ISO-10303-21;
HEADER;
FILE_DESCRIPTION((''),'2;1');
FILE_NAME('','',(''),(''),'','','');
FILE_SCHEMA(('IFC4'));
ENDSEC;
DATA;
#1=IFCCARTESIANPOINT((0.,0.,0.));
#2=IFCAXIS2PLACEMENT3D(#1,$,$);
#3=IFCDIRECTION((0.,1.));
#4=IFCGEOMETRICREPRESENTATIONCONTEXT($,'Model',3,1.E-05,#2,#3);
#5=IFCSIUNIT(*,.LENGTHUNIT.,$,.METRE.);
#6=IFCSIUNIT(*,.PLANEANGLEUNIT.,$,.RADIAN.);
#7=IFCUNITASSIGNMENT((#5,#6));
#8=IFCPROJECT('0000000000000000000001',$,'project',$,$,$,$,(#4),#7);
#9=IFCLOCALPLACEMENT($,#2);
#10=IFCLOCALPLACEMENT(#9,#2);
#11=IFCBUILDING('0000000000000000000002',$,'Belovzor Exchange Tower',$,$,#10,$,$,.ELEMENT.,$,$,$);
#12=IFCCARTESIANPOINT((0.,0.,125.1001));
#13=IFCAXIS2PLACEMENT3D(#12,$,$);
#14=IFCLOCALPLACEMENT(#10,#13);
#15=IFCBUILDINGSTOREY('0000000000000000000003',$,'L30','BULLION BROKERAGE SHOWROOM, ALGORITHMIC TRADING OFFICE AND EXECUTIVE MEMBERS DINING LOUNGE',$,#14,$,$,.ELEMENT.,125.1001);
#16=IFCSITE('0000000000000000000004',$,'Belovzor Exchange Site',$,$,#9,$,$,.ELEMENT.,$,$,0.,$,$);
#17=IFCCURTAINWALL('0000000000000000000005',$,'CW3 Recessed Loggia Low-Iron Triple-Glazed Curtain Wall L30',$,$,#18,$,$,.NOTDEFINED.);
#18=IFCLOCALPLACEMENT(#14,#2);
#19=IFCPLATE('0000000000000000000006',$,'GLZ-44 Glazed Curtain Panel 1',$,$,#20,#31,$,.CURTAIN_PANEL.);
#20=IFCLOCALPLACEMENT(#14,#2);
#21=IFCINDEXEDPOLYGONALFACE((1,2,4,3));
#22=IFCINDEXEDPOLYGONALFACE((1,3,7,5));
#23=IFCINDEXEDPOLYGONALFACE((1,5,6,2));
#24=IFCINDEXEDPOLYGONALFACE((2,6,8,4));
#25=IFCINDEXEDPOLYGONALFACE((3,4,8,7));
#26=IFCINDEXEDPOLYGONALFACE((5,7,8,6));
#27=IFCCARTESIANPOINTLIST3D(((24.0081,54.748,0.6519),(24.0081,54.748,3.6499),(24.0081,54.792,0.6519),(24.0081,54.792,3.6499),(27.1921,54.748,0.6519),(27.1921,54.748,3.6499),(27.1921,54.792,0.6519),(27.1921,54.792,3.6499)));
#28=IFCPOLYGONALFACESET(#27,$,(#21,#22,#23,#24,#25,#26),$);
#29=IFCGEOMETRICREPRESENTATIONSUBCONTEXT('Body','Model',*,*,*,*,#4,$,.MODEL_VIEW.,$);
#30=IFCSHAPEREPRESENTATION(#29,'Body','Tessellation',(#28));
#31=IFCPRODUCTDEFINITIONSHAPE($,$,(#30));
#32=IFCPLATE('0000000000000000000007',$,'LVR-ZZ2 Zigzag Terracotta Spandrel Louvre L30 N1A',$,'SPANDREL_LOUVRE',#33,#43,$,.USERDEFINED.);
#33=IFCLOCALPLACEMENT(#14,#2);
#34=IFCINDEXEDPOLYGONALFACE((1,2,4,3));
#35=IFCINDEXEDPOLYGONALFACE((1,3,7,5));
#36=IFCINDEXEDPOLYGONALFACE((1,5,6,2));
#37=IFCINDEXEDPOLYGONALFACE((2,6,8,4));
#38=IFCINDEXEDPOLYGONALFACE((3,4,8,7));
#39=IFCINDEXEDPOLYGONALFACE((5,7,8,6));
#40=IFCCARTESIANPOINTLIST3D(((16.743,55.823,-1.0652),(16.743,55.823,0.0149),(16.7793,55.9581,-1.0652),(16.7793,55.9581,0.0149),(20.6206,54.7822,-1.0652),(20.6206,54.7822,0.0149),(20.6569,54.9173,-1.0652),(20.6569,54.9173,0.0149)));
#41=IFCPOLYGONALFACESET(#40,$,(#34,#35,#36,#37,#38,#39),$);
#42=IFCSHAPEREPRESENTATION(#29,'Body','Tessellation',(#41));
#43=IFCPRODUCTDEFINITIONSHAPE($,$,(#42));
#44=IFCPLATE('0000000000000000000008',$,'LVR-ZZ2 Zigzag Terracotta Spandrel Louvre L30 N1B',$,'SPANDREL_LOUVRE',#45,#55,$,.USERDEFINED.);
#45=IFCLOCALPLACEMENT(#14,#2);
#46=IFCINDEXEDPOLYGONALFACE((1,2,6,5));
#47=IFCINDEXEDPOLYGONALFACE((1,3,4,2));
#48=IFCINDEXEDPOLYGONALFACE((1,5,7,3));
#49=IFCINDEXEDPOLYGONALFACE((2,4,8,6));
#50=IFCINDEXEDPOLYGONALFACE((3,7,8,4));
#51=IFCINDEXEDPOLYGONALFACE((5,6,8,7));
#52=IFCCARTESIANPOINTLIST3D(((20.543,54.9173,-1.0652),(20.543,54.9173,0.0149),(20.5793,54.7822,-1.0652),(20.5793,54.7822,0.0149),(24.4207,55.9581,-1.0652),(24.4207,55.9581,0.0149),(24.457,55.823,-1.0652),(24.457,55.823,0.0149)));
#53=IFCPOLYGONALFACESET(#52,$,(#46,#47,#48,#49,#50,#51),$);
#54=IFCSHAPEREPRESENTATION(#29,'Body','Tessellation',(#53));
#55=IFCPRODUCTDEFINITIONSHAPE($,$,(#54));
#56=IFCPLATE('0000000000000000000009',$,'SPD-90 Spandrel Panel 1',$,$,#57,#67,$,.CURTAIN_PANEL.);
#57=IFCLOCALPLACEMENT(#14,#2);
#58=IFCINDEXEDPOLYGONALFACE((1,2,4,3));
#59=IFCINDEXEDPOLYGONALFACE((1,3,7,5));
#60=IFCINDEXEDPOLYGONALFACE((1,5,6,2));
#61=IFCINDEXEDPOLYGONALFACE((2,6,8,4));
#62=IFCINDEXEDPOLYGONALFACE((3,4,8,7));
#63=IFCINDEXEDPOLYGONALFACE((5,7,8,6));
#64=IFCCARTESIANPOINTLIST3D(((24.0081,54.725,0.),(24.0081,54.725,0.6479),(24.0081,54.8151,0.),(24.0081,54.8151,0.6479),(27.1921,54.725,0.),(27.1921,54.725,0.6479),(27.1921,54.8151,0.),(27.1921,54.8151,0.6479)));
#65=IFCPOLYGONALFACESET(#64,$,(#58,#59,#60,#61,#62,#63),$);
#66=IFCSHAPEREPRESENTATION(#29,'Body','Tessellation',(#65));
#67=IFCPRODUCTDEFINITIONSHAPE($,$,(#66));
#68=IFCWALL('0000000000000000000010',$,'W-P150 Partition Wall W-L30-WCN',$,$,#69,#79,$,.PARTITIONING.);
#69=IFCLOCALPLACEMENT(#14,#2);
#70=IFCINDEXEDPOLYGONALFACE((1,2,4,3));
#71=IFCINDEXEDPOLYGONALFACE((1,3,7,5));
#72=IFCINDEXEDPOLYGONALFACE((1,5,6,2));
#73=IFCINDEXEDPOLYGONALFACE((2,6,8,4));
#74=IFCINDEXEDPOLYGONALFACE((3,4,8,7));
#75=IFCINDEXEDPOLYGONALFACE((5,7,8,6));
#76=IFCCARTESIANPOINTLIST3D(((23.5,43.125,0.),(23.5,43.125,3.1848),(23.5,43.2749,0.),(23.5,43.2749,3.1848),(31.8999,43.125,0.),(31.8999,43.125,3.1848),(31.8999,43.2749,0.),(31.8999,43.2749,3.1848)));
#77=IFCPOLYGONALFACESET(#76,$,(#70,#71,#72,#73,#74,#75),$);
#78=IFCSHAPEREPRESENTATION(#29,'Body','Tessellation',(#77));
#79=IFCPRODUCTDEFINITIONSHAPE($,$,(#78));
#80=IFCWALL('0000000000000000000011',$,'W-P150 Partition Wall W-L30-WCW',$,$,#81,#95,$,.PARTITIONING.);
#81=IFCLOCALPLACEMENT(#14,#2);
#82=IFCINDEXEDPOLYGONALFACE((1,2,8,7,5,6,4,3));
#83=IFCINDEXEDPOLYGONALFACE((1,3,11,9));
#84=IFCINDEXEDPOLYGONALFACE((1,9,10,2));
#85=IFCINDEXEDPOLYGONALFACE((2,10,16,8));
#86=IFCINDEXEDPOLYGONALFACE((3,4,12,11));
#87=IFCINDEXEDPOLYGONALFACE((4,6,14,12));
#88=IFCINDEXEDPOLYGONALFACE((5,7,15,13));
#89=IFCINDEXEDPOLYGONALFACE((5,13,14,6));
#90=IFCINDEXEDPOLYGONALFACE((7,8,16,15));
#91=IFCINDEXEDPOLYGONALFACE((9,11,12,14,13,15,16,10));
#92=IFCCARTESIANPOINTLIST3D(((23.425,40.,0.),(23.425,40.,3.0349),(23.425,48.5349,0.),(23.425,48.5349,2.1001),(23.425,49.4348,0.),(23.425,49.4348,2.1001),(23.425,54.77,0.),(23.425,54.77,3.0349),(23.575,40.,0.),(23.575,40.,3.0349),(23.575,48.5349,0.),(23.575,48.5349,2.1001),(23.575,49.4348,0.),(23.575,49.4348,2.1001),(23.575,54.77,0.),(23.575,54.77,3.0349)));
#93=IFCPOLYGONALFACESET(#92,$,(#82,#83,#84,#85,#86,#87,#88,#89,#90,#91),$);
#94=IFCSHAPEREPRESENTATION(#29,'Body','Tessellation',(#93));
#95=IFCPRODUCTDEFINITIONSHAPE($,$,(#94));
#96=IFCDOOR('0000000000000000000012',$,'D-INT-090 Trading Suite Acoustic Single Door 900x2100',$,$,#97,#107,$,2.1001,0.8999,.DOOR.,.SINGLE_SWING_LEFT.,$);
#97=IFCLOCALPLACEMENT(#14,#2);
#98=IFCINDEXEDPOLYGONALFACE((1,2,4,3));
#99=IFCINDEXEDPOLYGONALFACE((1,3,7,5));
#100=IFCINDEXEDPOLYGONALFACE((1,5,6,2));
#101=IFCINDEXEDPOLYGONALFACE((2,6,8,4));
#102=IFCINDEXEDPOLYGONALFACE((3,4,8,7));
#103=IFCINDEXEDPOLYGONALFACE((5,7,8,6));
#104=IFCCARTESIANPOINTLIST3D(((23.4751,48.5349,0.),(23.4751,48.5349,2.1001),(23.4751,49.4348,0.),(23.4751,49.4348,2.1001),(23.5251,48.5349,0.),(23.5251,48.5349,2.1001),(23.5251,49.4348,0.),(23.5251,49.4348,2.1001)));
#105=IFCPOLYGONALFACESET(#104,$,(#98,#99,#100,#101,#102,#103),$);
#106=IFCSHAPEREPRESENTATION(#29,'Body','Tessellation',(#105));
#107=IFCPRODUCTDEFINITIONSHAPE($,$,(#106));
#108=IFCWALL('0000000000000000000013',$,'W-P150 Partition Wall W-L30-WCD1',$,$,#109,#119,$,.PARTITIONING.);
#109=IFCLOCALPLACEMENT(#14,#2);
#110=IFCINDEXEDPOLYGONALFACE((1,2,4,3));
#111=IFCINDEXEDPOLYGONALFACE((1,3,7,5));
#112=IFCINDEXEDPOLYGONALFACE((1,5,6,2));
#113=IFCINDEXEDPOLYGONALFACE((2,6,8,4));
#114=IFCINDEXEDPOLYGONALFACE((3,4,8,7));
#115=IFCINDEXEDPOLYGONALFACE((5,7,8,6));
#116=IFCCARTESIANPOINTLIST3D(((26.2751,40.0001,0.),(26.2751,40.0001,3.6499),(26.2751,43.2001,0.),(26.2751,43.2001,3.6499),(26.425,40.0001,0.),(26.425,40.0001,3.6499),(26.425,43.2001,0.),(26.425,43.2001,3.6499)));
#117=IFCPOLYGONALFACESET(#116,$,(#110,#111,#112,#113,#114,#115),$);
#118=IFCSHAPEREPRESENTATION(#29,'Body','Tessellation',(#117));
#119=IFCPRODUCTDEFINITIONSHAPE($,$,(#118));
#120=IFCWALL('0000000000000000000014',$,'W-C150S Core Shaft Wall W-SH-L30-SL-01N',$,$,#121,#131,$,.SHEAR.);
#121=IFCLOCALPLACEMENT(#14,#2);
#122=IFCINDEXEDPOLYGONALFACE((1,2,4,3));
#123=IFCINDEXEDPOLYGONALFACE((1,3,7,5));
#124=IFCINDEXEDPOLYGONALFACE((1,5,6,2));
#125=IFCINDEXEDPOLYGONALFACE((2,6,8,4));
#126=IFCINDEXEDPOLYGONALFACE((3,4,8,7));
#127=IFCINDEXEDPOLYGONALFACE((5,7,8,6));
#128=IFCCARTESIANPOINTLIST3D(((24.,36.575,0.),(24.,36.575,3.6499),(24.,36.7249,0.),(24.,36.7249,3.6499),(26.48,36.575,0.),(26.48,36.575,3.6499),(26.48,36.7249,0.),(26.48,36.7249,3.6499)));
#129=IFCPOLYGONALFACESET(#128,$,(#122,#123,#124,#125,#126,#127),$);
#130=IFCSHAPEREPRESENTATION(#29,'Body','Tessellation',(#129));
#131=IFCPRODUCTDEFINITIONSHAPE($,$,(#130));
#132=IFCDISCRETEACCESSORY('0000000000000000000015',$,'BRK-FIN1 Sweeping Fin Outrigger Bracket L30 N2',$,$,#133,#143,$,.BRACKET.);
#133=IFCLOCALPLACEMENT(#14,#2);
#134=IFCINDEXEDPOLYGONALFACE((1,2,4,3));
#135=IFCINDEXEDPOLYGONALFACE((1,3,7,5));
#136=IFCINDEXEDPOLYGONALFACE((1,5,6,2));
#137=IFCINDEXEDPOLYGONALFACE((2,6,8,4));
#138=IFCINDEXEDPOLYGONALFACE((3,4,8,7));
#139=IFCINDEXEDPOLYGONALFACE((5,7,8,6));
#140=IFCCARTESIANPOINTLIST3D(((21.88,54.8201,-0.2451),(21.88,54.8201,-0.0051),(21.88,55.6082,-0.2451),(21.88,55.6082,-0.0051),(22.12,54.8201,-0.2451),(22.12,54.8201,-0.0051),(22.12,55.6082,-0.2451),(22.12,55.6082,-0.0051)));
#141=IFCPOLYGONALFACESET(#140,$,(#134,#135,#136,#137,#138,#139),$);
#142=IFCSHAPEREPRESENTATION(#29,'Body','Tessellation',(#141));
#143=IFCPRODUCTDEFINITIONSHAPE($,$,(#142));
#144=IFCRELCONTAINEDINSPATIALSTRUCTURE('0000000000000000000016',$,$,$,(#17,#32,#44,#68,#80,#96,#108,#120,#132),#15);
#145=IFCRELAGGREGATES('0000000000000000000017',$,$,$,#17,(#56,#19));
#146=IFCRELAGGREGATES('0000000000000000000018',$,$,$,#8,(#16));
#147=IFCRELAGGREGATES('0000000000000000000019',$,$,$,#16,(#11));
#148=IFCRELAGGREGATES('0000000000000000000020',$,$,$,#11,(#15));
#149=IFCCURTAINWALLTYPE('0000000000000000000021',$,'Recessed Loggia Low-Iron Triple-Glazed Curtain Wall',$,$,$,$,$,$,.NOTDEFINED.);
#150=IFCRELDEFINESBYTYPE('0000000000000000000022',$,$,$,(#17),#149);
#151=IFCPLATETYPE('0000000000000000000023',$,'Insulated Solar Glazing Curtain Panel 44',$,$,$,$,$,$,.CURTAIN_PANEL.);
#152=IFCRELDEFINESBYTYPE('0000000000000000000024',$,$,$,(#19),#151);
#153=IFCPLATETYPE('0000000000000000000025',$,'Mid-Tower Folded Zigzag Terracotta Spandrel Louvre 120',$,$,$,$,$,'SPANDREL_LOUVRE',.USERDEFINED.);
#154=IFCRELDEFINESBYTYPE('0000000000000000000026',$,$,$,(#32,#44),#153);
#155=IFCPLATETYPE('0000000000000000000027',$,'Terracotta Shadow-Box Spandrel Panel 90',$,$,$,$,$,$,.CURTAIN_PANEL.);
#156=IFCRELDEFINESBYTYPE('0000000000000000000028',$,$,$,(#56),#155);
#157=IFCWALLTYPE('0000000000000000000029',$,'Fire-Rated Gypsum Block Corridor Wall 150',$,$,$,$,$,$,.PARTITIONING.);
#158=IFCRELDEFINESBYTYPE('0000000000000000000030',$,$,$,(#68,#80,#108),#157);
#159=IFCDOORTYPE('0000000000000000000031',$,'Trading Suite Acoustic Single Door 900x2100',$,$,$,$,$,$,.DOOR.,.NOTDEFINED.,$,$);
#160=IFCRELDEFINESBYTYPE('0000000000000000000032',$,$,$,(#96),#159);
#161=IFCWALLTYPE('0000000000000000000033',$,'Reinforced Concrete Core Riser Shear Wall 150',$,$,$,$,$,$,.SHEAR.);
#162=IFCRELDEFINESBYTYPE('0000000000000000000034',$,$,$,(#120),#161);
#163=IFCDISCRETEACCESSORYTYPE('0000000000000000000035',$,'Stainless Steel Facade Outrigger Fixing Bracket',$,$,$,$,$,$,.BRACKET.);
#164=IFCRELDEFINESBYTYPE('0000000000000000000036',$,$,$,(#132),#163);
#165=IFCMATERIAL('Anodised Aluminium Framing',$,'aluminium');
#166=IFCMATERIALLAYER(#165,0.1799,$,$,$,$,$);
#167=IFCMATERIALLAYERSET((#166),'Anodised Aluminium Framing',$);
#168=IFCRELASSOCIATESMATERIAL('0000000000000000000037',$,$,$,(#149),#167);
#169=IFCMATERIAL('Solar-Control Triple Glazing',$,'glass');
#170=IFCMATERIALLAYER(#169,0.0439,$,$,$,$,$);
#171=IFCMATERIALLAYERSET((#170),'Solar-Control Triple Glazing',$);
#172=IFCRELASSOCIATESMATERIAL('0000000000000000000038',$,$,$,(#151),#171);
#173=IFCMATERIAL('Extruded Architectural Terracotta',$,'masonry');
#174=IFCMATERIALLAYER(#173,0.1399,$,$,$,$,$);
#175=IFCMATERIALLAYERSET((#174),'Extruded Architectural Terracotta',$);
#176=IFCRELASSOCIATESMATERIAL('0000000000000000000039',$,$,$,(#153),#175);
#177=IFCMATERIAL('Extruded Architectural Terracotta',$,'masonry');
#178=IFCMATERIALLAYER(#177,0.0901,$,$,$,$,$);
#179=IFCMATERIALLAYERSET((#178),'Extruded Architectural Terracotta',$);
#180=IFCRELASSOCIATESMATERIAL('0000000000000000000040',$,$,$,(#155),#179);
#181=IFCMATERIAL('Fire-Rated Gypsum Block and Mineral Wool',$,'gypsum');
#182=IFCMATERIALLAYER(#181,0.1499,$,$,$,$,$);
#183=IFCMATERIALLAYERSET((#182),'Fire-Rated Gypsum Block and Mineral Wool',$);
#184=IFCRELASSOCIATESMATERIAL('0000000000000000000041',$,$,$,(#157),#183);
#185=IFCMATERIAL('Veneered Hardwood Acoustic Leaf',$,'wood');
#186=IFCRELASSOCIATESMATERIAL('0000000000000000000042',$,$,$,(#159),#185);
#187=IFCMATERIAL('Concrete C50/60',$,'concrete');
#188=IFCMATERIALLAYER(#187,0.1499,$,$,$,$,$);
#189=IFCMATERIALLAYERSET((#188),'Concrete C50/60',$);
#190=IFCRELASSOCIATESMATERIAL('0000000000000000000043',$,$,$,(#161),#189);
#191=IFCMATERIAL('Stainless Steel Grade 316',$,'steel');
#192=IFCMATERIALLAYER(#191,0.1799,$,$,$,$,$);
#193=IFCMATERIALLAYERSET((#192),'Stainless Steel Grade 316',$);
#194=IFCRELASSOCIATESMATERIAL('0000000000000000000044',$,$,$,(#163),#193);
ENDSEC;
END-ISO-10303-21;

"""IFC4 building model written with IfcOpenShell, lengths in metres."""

from ifc_helpers import new_model, si_unit, direction, frame, frame_2d, origin, origin_2d, place, context, subcontext, project, spatial, rectangle, extrude, material, layer, layer_set, type_object, element, fill, aggregate, save


model = new_model("IFC4")

# Units and contexts
model_context = context("Model", 3, precision=1e-05, world=origin(), true_north=direction((0.0, 1.0)))
body_context = subcontext(model_context, "Body", "Model", "MODEL_VIEW")
ifc_project = project(units=[si_unit("LENGTHUNIT", "METRE"), si_unit("PLANEANGLEUNIT", "RADIAN")], contexts=[model_context])

# Site, building, storey
site_placement = place(None, origin())
site = spatial("IfcSite", under=ifc_project, at=site_placement, Name="Belovzor Exchange Site", CompositionType="ELEMENT", RefElevation=0.0)
building_placement = place(site_placement, origin())
building = spatial("IfcBuilding", under=site, at=building_placement, Name="Belovzor Exchange Tower", CompositionType="ELEMENT")
storey_placement = place(building_placement, frame((0.0, 0.0, 125.1001)))
storey = spatial("IfcBuildingStorey", under=building, at=storey_placement, Name="L30", Description="BULLION BROKERAGE SHOWROOM, ALGORITHMIC TRADING OFFICE AND EXECUTIVE MEMBERS DINING LOUNGE", CompositionType="ELEMENT", Elevation=125.1001)

# Curtain wall
ifc_material_1 = material(Name="Anodised Aluminium Framing", Category="aluminium")
ifc_layer_1 = layer(ifc_material_1, 0.1799)
ifc_layer_set_1 = layer_set([ifc_layer_1], Name="Anodised Aluminium Framing")
curtain_wall_type = type_object("IfcCurtainWallType", Name="Recessed Loggia Low-Iron Triple-Glazed Curtain Wall", PredefinedType="NOTDEFINED", material=ifc_layer_set_1)
curtain_wall_placement = place(storey_placement, origin())
curtain_wall = element("IfcCurtainWall", 1, at=curtain_wall_placement, inside=storey, type_object=curtain_wall_type, Name="CW3 Recessed Loggia Low-Iron Triple-Glazed Curtain Wall L30", PredefinedType="NOTDEFINED")

# Plate
ifc_material_2 = material(Name="Solar-Control Triple Glazing", Category="glass")
ifc_layer_2 = layer(ifc_material_2, 0.0439)
ifc_layer_set_2 = layer_set([ifc_layer_2], Name="Solar-Control Triple Glazing")
plate_type_1 = type_object("IfcPlateType", Name="Insulated Solar Glazing Curtain Panel 44", PredefinedType="CURTAIN_PANEL", material=ifc_layer_set_2)
plate_1_placement = place(storey_placement, frame((25.6001, 54.77, 0.6519), z_axis=(0.0, 0.0, 1.0), x_axis=(1.0, 0.0, 0.0)))
plate_1 = element("IfcPlate", 2, at=plate_1_placement, type_object=plate_type_1, Name="GLZ-44 Glazed Curtain Panel 1", PredefinedType="CURTAIN_PANEL", context=body_context, shape_type="SweptSolid", body=[
    extrude(rectangle(XDim=3.1841, YDim=0.0439, at=origin_2d()), origin(), (0.0, 0.0, 1.0), 2.998),
])

# Plates
ifc_material_3 = material(Name="Extruded Architectural Terracotta", Category="masonry")
ifc_layer_3 = layer(ifc_material_3, 0.1399)
ifc_layer_set_3 = layer_set([ifc_layer_3], Name="Extruded Architectural Terracotta")
plate_type_2 = type_object("IfcPlateType", Name="Mid-Tower Folded Zigzag Terracotta Spandrel Louvre 120", ElementType="SPANDREL_LOUVRE", PredefinedType="USERDEFINED", material=ifc_layer_set_3)
for number, where, z_axis, x_axis, name in (
    (3, (18.7, 55.3701, -1.0652), (0.0, 0.0, 1.0), (0.965813, -0.25924, 0.0), "LVR-ZZ2 Zigzag Terracotta Spandrel Louvre L30 N1A"),
    (4, (22.5, 55.3701, -1.0652), (0.0, 0.0, 1.0), (0.965813, 0.25924, 0.0), "LVR-ZZ2 Zigzag Terracotta Spandrel Louvre L30 N1B"),
):
    element("IfcPlate", number, at=place(storey_placement, frame(where, z_axis=z_axis, x_axis=x_axis)), inside=storey, type_object=plate_type_2, Name=name, ObjectType="SPANDREL_LOUVRE", PredefinedType="USERDEFINED", context=body_context, shape_type="SweptSolid", body=[
        extrude(rectangle(XDim=4.0149, YDim=0.1399, at=origin_2d()), origin(), (0.0, 0.0, 1.0), 1.0801),
    ])

# Plate
ifc_material_4 = material(Name="Extruded Architectural Terracotta", Category="masonry")
ifc_layer_4 = layer(ifc_material_4, 0.0901)
ifc_layer_set_4 = layer_set([ifc_layer_4], Name="Extruded Architectural Terracotta")
plate_type_3 = type_object("IfcPlateType", Name="Terracotta Shadow-Box Spandrel Panel 90", PredefinedType="CURTAIN_PANEL", material=ifc_layer_set_4)
plate_2_placement = place(storey_placement, frame((25.6001, 54.77, 0.0), z_axis=(0.0, 0.0, 1.0), x_axis=(1.0, 0.0, 0.0)))
plate_2 = element("IfcPlate", 5, at=plate_2_placement, type_object=plate_type_3, Name="SPD-90 Spandrel Panel 1", PredefinedType="CURTAIN_PANEL", context=body_context, shape_type="SweptSolid", body=[
    extrude(rectangle(XDim=3.1841, YDim=0.0901, at=origin_2d()), origin(), (0.0, 0.0, 1.0), 0.6479),
])
aggregate(curtain_wall, [plate_2, plate_1])

# Wall
ifc_material_5 = material(Name="Fire-Rated Gypsum Block and Mineral Wool", Category="gypsum")
ifc_layer_5 = layer(ifc_material_5, 0.1499)
ifc_layer_set_5 = layer_set([ifc_layer_5], Name="Fire-Rated Gypsum Block and Mineral Wool")
wall_type_1 = type_object("IfcWallType", Name="Fire-Rated Gypsum Block Corridor Wall 150", PredefinedType="PARTITIONING", material=ifc_layer_set_5)
wall_1_placement = place(storey_placement, frame((23.5, 43.2, 0.0), z_axis=(0.0, 0.0, 1.0), x_axis=(1.0, 0.0, 0.0)))
element("IfcWall", 6, at=wall_1_placement, inside=storey, type_object=wall_type_1, Name="W-P150 Partition Wall W-L30-WCN", PredefinedType="PARTITIONING", context=body_context, shape_type="SweptSolid", body=[
    extrude(rectangle(XDim=8.3999, YDim=0.1499, at=frame_2d((4.2, 0.0))), origin(), (0.0, 0.0, 1.0), 3.1848),
])

# Wall, opening, door
wall_2_placement = place(storey_placement, frame((23.5, 40.0, 0.0), z_axis=(0.0, 0.0, 1.0), x_axis=(0.0, 1.0, 0.0)))
wall_2 = element("IfcWall", 7, at=wall_2_placement, inside=storey, type_object=wall_type_1, Name="W-P150 Partition Wall W-L30-WCW", PredefinedType="PARTITIONING", context=body_context, shape_type="SweptSolid", body=[
    extrude(rectangle(XDim=14.77, YDim=0.1499, at=frame_2d((7.385, 0.0))), origin(), (0.0, 0.0, 1.0), 3.0349),
])
opening_1_placement = place(wall_2_placement, frame((8.5349, 0.0, 0.0)))
opening_1 = element("IfcOpeningElement", 8, at=opening_1_placement, cuts=wall_2, PredefinedType="OPENING", context=body_context, shape_type="SweptSolid", body=[
    extrude(rectangle(XDim=0.8999, YDim=2.1001, at=frame_2d((0.45, 1.05))), frame((0.0, 0.085, 0.0), z_axis=(0.0, -1.0, 0.0), x_axis=(1.0, 0.0, 0.0)), (0.0, 0.0, 1.0), 0.1699),
])
ifc_material_6 = material(Name="Veneered Hardwood Acoustic Leaf", Category="wood")
door_type_1 = type_object("IfcDoorType", Name="Trading Suite Acoustic Single Door 900x2100", OperationType="NOTDEFINED", PredefinedType="DOOR", material=ifc_material_6)
door_1_placement = place(opening_1_placement, origin())
door_1 = element("IfcDoor", 9, at=door_1_placement, inside=storey, type_object=door_type_1, Name="D-INT-090 Trading Suite Acoustic Single Door 900x2100", OperationType="SINGLE_SWING_LEFT", OverallHeight=2.1001, OverallWidth=0.8999, PredefinedType="DOOR", context=body_context, shape_type="SweptSolid", body=[
    extrude(rectangle(XDim=0.8999, YDim=2.1001, at=frame_2d((0.45, 1.05))), frame((0.0, 0.0249, 0.0), z_axis=(0.0, -1.0, 0.0), x_axis=(1.0, 0.0, 0.0)), (0.0, 0.0, 1.0), 0.05),
])
fill(opening_1, door_1)

# Walls
wall_3_placement = place(storey_placement, frame((26.3501, 40.0, 0.0), z_axis=(0.0, 0.0, 1.0), x_axis=(0.0, 1.0, 0.0)))
element("IfcWall", 10, at=wall_3_placement, inside=storey, type_object=wall_type_1, Name="W-P150 Partition Wall W-L30-WCD1", PredefinedType="PARTITIONING", context=body_context, shape_type="SweptSolid", body=[
    extrude(rectangle(XDim=3.2, YDim=0.1499, at=frame_2d((1.6001, 0.0))), origin(), (0.0, 0.0, 1.0), 3.6499),
])
ifc_material_7 = material(Name="Concrete C50/60", Category="concrete")
ifc_layer_6 = layer(ifc_material_7, 0.1499)
ifc_layer_set_6 = layer_set([ifc_layer_6], Name="Concrete C50/60")
wall_type_2 = type_object("IfcWallType", Name="Reinforced Concrete Core Riser Shear Wall 150", PredefinedType="SHEAR", material=ifc_layer_set_6)
wall_4_placement = place(storey_placement, frame((24.0, 36.6499, 0.0), z_axis=(0.0, 0.0, 1.0), x_axis=(1.0, 0.0, 0.0)))
element("IfcWall", 11, at=wall_4_placement, inside=storey, type_object=wall_type_2, Name="W-C150S Core Shaft Wall W-SH-L30-SL-01N", PredefinedType="SHEAR", context=body_context, shape_type="SweptSolid", body=[
    extrude(rectangle(XDim=2.48, YDim=0.1499, at=frame_2d((1.24, 0.0))), origin(), (0.0, 0.0, 1.0), 3.6499),
])

# Discrete accessory
ifc_material_8 = material(Name="Stainless Steel Grade 316", Category="steel")
ifc_layer_7 = layer(ifc_material_8, 0.1799)
ifc_layer_set_7 = layer_set([ifc_layer_7], Name="Stainless Steel Grade 316")
discrete_accessory_type = type_object("IfcDiscreteAccessoryType", Name="Stainless Steel Facade Outrigger Fixing Bracket", PredefinedType="BRACKET", material=ifc_layer_set_7)
discrete_accessory_placement = place(storey_placement, frame((22.0, 55.2141, -0.2451), z_axis=(0.0, 0.0, 1.0), x_axis=(0.0, 1.0, 0.0)))
element("IfcDiscreteAccessory", 12, at=discrete_accessory_placement, inside=storey, type_object=discrete_accessory_type, Name="BRK-FIN1 Sweeping Fin Outrigger Bracket L30 N2", PredefinedType="BRACKET", context=body_context, shape_type="SweptSolid", body=[
    extrude(rectangle(XDim=0.7881, YDim=0.24, at=origin_2d()), origin(), (0.0, 0.0, 1.0), 0.24),
])

save(model, "model.ifc")
